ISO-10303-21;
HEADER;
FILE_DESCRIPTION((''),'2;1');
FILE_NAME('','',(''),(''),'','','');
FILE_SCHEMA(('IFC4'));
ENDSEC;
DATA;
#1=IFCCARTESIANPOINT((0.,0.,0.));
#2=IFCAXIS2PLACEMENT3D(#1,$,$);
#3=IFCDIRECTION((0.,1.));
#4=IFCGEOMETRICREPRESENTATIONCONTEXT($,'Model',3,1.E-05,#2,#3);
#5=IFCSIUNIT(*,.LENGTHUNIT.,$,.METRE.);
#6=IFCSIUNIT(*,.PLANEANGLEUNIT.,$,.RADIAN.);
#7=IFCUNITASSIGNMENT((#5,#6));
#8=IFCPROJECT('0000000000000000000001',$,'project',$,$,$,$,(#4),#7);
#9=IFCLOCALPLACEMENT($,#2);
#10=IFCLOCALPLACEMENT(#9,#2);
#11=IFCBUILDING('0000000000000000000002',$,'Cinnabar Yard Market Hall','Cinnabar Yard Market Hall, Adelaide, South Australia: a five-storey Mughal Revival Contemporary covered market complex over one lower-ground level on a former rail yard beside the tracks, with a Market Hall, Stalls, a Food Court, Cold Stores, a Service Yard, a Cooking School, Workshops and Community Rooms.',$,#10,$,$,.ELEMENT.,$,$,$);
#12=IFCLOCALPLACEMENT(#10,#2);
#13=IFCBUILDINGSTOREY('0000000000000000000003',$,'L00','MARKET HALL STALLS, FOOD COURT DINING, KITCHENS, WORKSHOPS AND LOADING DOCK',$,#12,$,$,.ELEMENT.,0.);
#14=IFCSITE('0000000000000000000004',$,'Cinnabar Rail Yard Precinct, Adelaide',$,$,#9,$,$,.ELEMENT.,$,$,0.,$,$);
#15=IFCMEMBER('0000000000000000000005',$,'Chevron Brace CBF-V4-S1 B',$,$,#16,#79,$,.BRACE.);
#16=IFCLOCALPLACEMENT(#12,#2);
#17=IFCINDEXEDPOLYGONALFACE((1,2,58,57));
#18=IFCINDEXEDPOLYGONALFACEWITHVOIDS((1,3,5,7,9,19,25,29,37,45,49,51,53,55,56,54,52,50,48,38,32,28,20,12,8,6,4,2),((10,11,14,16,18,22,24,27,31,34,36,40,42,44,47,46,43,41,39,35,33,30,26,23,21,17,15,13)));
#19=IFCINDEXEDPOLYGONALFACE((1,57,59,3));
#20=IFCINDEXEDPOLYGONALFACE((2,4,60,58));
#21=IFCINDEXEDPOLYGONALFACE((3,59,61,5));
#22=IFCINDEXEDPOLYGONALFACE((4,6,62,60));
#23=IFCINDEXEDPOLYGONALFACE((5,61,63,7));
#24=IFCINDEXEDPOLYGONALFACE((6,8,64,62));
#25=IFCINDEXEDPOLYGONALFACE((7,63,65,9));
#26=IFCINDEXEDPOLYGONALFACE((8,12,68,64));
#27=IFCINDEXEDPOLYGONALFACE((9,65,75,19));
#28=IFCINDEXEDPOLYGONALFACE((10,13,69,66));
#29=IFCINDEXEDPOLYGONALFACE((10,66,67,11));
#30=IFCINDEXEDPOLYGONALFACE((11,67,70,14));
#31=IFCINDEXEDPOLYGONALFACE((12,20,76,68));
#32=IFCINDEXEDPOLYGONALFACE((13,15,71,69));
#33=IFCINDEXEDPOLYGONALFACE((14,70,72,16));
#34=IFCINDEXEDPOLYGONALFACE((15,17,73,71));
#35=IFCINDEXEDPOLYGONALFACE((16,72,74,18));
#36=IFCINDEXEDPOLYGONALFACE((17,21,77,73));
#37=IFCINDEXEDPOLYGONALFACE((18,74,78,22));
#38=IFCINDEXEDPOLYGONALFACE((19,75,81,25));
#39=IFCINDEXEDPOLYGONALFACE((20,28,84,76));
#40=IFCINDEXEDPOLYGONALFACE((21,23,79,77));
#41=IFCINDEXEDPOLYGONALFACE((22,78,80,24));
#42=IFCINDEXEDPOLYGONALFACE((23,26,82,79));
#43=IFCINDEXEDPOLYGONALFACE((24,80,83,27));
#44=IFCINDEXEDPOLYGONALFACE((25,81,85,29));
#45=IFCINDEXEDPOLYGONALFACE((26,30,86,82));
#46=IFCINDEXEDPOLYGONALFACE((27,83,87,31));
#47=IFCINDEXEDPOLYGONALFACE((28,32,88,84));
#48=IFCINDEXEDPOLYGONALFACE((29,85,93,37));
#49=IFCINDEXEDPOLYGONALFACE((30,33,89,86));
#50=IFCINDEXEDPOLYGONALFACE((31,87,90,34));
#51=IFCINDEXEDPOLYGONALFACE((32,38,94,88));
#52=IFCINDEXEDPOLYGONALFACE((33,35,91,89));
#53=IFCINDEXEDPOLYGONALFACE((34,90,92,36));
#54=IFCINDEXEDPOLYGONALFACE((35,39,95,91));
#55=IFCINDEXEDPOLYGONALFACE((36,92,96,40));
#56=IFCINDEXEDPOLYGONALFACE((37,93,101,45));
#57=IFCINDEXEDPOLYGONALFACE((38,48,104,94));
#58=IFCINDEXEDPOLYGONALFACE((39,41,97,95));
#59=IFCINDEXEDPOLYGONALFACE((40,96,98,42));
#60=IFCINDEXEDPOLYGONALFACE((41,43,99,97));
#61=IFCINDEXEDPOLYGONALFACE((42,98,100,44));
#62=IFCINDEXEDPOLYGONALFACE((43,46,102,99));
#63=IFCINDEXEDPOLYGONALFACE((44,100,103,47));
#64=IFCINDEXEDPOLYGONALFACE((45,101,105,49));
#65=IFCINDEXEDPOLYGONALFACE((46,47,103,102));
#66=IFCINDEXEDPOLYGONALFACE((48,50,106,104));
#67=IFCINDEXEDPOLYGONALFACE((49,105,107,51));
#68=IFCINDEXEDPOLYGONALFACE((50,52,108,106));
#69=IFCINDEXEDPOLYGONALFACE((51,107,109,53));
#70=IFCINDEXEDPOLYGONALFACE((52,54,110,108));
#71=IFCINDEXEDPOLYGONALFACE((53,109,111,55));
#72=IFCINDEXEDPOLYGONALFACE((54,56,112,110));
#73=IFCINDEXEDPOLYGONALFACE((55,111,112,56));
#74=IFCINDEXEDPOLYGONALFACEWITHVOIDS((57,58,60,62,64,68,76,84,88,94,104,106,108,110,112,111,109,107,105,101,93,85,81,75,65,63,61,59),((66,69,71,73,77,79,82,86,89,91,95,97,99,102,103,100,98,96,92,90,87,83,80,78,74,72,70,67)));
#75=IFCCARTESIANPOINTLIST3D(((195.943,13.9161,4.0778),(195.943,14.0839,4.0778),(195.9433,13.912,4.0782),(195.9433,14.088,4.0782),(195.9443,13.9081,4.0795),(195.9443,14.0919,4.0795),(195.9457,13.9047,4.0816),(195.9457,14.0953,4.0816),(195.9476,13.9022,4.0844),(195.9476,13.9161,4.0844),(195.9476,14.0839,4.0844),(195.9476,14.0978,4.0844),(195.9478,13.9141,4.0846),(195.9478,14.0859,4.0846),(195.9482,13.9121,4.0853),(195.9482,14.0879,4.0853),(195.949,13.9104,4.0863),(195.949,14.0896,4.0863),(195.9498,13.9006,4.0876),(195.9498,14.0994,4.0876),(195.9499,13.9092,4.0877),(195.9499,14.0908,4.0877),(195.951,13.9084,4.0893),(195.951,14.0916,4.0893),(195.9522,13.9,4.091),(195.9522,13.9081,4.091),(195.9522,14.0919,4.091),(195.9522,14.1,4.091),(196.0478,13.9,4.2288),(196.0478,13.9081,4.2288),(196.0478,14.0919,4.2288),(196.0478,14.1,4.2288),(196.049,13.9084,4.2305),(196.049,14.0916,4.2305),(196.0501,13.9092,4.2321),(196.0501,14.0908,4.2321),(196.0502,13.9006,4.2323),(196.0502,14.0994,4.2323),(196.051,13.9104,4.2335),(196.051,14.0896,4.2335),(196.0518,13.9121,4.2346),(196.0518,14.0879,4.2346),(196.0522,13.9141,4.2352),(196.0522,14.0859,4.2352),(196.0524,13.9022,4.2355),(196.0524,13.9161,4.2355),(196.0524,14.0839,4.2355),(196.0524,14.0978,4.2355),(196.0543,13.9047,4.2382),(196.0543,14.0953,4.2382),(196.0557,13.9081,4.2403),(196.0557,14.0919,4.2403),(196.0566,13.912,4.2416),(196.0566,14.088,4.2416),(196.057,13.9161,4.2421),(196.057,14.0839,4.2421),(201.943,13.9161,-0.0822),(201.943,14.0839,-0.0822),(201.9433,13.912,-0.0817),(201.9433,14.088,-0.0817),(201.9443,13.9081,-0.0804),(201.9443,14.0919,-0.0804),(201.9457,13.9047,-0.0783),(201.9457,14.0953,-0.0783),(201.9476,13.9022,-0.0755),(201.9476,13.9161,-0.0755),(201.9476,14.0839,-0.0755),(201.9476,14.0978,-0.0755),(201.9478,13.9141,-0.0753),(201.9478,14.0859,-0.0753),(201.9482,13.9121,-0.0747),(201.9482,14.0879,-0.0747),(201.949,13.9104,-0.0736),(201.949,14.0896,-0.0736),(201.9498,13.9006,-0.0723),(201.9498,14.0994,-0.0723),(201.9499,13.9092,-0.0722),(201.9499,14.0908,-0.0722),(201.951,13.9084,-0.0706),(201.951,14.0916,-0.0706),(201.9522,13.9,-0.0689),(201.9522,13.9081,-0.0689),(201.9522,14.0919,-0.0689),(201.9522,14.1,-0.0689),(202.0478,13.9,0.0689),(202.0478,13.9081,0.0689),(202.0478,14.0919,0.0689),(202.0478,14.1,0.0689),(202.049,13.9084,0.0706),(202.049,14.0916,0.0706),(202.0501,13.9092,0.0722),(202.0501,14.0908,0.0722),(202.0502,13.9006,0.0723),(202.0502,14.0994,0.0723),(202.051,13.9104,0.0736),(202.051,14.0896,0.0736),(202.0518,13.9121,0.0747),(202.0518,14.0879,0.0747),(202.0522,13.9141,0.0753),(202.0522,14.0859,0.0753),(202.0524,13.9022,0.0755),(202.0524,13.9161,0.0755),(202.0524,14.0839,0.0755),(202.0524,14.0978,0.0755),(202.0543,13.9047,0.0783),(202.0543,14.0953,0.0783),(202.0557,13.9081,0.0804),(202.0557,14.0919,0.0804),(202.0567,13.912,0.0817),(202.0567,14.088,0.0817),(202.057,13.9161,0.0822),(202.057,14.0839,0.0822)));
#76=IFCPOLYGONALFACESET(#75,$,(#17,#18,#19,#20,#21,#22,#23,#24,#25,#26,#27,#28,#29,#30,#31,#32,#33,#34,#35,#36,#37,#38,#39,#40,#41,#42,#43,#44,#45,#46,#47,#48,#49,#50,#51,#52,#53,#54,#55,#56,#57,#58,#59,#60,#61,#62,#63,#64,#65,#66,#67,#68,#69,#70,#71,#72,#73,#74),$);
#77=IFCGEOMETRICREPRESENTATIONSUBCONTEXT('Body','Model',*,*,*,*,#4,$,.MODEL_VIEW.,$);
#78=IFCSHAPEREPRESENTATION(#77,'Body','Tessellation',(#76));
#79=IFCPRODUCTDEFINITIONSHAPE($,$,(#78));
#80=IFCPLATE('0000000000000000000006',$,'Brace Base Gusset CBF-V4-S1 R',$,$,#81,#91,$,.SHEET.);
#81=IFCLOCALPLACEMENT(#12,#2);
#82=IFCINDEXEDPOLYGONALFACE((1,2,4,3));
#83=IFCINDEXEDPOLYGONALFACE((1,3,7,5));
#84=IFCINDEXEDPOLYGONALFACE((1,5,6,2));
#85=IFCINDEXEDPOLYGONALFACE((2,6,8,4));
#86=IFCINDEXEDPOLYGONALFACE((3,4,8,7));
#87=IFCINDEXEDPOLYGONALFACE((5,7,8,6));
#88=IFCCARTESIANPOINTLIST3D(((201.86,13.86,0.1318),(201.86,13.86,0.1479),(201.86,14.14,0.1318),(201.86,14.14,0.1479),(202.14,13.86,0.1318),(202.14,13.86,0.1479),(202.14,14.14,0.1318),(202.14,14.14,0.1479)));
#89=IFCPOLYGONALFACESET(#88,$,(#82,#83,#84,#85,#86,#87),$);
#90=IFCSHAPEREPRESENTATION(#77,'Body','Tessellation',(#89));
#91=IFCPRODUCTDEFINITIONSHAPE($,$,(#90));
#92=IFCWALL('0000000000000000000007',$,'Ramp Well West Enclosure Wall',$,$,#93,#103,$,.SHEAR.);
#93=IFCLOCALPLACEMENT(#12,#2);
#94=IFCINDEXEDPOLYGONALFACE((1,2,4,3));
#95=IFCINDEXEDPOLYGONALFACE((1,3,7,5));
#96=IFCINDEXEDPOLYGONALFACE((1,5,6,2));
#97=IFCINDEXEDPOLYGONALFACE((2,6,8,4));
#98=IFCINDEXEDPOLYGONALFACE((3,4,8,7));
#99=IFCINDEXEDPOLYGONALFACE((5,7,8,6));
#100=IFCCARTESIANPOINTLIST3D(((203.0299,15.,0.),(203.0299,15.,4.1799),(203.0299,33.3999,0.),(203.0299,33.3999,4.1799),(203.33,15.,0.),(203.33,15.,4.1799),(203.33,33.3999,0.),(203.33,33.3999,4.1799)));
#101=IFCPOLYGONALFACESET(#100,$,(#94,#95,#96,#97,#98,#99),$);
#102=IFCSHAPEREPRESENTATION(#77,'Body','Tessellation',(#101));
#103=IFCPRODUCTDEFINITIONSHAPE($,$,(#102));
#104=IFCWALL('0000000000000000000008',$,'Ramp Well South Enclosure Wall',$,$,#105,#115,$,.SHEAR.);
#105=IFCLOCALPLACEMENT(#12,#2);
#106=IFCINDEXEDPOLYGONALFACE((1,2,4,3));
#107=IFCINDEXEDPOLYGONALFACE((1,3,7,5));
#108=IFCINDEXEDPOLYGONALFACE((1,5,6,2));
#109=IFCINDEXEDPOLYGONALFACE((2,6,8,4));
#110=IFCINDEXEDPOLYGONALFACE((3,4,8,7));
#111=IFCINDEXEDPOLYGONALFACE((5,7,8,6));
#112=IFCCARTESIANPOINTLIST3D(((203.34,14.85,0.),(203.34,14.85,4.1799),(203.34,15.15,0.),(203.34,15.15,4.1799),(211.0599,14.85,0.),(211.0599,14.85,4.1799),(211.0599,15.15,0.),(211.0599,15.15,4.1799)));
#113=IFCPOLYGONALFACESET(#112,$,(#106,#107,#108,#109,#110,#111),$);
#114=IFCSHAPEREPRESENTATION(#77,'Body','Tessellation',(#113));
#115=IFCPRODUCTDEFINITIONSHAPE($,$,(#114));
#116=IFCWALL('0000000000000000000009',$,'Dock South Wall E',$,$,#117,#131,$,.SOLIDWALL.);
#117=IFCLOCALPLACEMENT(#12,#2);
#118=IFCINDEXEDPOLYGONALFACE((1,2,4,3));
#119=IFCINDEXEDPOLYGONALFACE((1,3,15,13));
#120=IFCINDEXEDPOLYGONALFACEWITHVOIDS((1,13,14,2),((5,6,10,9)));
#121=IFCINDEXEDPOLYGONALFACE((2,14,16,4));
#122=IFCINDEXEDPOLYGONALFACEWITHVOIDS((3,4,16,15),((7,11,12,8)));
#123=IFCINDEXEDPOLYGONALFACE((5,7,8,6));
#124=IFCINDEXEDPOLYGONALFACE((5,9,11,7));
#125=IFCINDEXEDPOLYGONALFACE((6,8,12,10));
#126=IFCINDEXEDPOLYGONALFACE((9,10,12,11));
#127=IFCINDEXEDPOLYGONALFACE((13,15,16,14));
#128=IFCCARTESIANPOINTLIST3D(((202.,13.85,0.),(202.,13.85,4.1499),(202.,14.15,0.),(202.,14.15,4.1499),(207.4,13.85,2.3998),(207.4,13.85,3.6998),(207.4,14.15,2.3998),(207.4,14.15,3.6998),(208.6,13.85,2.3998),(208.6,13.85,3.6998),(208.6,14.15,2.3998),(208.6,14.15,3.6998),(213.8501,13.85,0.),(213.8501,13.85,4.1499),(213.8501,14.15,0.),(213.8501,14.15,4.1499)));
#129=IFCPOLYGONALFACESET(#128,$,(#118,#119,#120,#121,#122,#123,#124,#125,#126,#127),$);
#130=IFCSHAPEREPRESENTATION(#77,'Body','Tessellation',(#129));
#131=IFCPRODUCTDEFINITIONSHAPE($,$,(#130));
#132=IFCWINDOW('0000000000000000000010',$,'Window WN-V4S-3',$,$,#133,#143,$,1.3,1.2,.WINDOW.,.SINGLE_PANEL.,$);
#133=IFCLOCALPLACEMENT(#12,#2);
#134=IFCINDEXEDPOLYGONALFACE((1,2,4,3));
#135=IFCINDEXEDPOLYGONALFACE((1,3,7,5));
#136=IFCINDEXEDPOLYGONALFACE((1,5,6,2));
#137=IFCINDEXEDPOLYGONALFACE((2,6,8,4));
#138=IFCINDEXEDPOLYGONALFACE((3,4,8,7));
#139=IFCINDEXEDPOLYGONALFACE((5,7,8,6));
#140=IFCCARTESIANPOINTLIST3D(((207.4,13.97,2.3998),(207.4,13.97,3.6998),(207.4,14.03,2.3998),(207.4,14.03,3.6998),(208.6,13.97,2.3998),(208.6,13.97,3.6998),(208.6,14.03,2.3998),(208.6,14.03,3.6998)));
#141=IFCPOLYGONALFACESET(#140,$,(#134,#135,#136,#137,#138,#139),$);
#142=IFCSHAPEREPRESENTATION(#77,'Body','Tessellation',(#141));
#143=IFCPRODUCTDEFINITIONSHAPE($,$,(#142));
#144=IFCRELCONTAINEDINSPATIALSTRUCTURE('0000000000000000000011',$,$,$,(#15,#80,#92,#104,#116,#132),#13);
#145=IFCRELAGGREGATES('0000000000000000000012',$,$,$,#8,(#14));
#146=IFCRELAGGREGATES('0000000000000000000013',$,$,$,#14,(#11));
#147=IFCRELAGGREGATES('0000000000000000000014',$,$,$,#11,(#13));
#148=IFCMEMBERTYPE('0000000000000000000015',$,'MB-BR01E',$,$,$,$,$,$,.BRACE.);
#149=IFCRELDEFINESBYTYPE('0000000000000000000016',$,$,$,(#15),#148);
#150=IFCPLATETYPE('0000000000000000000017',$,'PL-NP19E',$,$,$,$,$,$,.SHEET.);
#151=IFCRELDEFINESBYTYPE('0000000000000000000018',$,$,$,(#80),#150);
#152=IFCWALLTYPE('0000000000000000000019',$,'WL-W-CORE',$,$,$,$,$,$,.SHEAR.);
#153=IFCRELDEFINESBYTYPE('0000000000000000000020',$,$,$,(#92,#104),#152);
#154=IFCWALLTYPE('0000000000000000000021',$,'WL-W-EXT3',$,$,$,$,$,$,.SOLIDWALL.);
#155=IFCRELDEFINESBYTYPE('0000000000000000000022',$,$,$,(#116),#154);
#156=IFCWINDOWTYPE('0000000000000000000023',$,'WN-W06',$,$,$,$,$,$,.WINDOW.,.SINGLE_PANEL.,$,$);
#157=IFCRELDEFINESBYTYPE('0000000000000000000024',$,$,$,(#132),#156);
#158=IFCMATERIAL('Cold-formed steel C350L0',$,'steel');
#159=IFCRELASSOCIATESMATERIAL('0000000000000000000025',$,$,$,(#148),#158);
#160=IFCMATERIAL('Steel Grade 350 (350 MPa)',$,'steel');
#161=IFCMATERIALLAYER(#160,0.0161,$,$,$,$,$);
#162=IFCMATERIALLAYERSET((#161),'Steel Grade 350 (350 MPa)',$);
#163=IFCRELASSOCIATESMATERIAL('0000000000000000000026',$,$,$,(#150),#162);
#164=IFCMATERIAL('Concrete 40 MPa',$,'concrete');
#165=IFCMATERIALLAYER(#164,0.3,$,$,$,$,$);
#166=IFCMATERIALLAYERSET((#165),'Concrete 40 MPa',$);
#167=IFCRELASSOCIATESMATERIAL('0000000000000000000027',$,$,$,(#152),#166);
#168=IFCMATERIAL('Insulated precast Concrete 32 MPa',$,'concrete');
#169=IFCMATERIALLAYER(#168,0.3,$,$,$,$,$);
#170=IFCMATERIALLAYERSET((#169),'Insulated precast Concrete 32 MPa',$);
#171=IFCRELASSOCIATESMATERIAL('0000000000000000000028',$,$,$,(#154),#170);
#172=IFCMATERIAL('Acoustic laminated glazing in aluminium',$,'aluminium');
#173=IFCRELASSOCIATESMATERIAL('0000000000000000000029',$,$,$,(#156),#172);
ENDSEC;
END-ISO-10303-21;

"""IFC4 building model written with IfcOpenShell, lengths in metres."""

from ifc_helpers import new_model, si_unit, direction, frame, frame_2d, origin, origin_2d_with_axis, place, context, subcontext, project, spatial, rectangle, hollow_rectangle, extrude, material, layer, layer_set, material_profile, profile_set, type_object, element, fill, save


model = new_model("IFC4")

# Units and contexts
model_context = context("Model", 3, precision=1e-05, world=origin(), true_north=direction((0.0, 1.0)))
body_context = subcontext(model_context, "Body", "Model", "MODEL_VIEW")
ifc_project = project(units=[si_unit("LENGTHUNIT", "METRE"), si_unit("PLANEANGLEUNIT", "RADIAN")], contexts=[model_context])

# Site, building, storey
site_placement = place(None, origin())
site = spatial("IfcSite", under=ifc_project, at=site_placement, Name="Cinnabar Rail Yard Precinct, Adelaide", CompositionType="ELEMENT", RefElevation=0.0)
building_placement = place(site_placement, origin())
building = spatial("IfcBuilding", under=site, at=building_placement, Name="Cinnabar Yard Market Hall", Description="Cinnabar Yard Market Hall, Adelaide, South Australia: a five-storey Mughal Revival Contemporary covered market complex over one lower-ground level on a former rail yard beside the tracks, with a Market Hall, Stalls, a Food Court, Cold Stores, a Service Yard, a Cooking School, Workshops and Community Rooms.", CompositionType="ELEMENT")
storey_placement = place(building_placement, origin())
storey = spatial("IfcBuildingStorey", under=building, at=storey_placement, Name="L00", Description="MARKET HALL STALLS, FOOD COURT DINING, KITCHENS, WORKSHOPS AND LOADING DOCK", CompositionType="ELEMENT", Elevation=0.0)

# Shared definitions
ifc_material_1 = material(Name="Concrete 40 MPa", Category="concrete")

# Shared definitions
ifc_material_2 = material(Name="Cold-formed steel C350L0", Category="steel")

# Member
ifc_material_profile_1 = material_profile(ifc_material_2, hollow_rectangle(XDim=0.2, YDim=0.2, WallThickness=0.0081, InnerFilletRadius=0.0081, OuterFilletRadius=0.0161, at=origin_2d_with_axis()), Name="200x200x8.0SHS")
ifc_profile_set_1 = profile_set([ifc_material_profile_1], Name="Cold-formed steel C350L0")
member_type = type_object("IfcMemberType", Name="MB-BR01E", PredefinedType="BRACE", material=ifc_profile_set_1)
member_placement = place(storey_placement, frame((202.0, 14.0, 0.0), z_axis=(-0.821803, 0.0, 0.569771), x_axis=(0.0, -1.0, 0.0)))
element("IfcMember", 1, at=member_placement, inside=storey, type_object=member_type, Name="Chevron Brace CBF-V4-S1 B", PredefinedType="BRACE", context=body_context, shape_type="SweptSolid", body=[
    extrude(hollow_rectangle(XDim=0.2, YDim=0.2, WallThickness=0.0081, InnerFilletRadius=0.0081, OuterFilletRadius=0.0161, at=origin_2d_with_axis()), origin(), (0.0, 0.0, 1.0), 7.301),
])

# Plate
ifc_material_3 = material(Name="Steel Grade 350 (350 MPa)", Category="steel")
ifc_layer_1 = layer(ifc_material_3, 0.0161)
ifc_layer_set_1 = layer_set([ifc_layer_1], Name="Steel Grade 350 (350 MPa)")
plate_type = type_object("IfcPlateType", Name="PL-NP19E", PredefinedType="SHEET", material=ifc_layer_set_1)
plate_placement = place(storey_placement, frame((202.0, 14.0, 0.1318), z_axis=(0.0, 0.0, 1.0), x_axis=(1.0, 0.0, 0.0)))
element("IfcPlate", 2, at=plate_placement, inside=storey, type_object=plate_type, Name="Brace Base Gusset CBF-V4-S1 R", PredefinedType="SHEET", context=body_context, shape_type="SweptSolid", body=[
    extrude(rectangle(XDim=0.28, YDim=0.28, at=origin_2d_with_axis()), origin(), (0.0, 0.0, 1.0), 0.0161),
])

# Walls
ifc_layer_2 = layer(ifc_material_1, 0.3)
ifc_layer_set_2 = layer_set([ifc_layer_2], Name="Concrete 40 MPa")
wall_type_1 = type_object("IfcWallType", Name="WL-W-CORE", PredefinedType="SHEAR", material=ifc_layer_set_2)
wall_1_placement = place(storey_placement, frame((203.1799, 15.0, 0.0), z_axis=(0.0, 0.0, 1.0), x_axis=(0.0, 1.0, 0.0)))
element("IfcWall", 3, at=wall_1_placement, inside=storey, type_object=wall_type_1, Name="Ramp Well West Enclosure Wall", PredefinedType="SHEAR", context=body_context, shape_type="SweptSolid", body=[
    extrude(rectangle(XDim=18.3999, YDim=0.3, at=frame_2d((9.2, 0.0), x_axis=(1.0, 0.0))), origin(), (0.0, 0.0, 1.0), 4.1799),
])
wall_2_placement = place(storey_placement, frame((203.3401, 15.0, 0.0), z_axis=(0.0, 0.0, 1.0), x_axis=(1.0, 0.0, 0.0)))
element("IfcWall", 4, at=wall_2_placement, inside=storey, type_object=wall_type_1, Name="Ramp Well South Enclosure Wall", PredefinedType="SHEAR", context=body_context, shape_type="SweptSolid", body=[
    extrude(rectangle(XDim=7.72, YDim=0.3, at=frame_2d((3.8599, 0.0), x_axis=(1.0, 0.0))), origin(), (0.0, 0.0, 1.0), 4.1799),
])

# Wall, opening, window
ifc_material_4 = material(Name="Insulated precast Concrete 32 MPa", Category="concrete")
ifc_layer_3 = layer(ifc_material_4, 0.3)
ifc_layer_set_3 = layer_set([ifc_layer_3], Name="Insulated precast Concrete 32 MPa")
wall_type_2 = type_object("IfcWallType", Name="WL-W-EXT3", PredefinedType="SOLIDWALL", material=ifc_layer_set_3)
wall_3_placement = place(storey_placement, frame((202.0, 14.0, 0.0), z_axis=(0.0, 0.0, 1.0), x_axis=(1.0, 0.0, 0.0)))
wall_3 = element("IfcWall", 5, at=wall_3_placement, inside=storey, type_object=wall_type_2, Name="Dock South Wall E", PredefinedType="SOLIDWALL", context=body_context, shape_type="SweptSolid", body=[
    extrude(rectangle(XDim=11.8501, YDim=0.3, at=frame_2d((5.925, 0.0), x_axis=(1.0, 0.0))), origin(), (0.0, 0.0, 1.0), 4.1499),
])
opening_1_placement = place(wall_3_placement, frame((5.3999, 0.0, 2.3999)))
opening_1 = element("IfcOpeningElement", 6, at=opening_1_placement, cuts=wall_3, PredefinedType="OPENING", context=body_context, shape_type="SweptSolid", body=[
    extrude(rectangle(XDim=1.2, YDim=1.3, at=frame_2d((0.6001, 0.6499), x_axis=(1.0, 0.0))), frame((0.0, 0.1599, 0.0), z_axis=(0.0, -1.0, 0.0), x_axis=(1.0, 0.0, 0.0)), (0.0, 0.0, 1.0), 0.3201),
])
ifc_material_5 = material(Name="Acoustic laminated glazing in aluminium", Category="aluminium")
window_type = type_object("IfcWindowType", Name="WN-W06", PartitioningType="SINGLE_PANEL", PredefinedType="WINDOW", material=ifc_material_5)
window_1_placement = place(opening_1_placement, origin())
window_1 = element("IfcWindow", 7, at=window_1_placement, inside=storey, type_object=window_type, Name="Window WN-V4S-3", OverallHeight=1.3, OverallWidth=1.2, PartitioningType="SINGLE_PANEL", PredefinedType="WINDOW", context=body_context, shape_type="SweptSolid", body=[
    extrude(rectangle(XDim=1.2, YDim=1.3, at=frame_2d((0.6001, 0.6499), x_axis=(1.0, 0.0))), frame((0.0, 0.03, 0.0), z_axis=(0.0, -1.0, 0.0), x_axis=(1.0, 0.0, 0.0)), (0.0, 0.0, 1.0), 0.0601),
])
fill(opening_1, window_1)

save(model, "model.ifc")
